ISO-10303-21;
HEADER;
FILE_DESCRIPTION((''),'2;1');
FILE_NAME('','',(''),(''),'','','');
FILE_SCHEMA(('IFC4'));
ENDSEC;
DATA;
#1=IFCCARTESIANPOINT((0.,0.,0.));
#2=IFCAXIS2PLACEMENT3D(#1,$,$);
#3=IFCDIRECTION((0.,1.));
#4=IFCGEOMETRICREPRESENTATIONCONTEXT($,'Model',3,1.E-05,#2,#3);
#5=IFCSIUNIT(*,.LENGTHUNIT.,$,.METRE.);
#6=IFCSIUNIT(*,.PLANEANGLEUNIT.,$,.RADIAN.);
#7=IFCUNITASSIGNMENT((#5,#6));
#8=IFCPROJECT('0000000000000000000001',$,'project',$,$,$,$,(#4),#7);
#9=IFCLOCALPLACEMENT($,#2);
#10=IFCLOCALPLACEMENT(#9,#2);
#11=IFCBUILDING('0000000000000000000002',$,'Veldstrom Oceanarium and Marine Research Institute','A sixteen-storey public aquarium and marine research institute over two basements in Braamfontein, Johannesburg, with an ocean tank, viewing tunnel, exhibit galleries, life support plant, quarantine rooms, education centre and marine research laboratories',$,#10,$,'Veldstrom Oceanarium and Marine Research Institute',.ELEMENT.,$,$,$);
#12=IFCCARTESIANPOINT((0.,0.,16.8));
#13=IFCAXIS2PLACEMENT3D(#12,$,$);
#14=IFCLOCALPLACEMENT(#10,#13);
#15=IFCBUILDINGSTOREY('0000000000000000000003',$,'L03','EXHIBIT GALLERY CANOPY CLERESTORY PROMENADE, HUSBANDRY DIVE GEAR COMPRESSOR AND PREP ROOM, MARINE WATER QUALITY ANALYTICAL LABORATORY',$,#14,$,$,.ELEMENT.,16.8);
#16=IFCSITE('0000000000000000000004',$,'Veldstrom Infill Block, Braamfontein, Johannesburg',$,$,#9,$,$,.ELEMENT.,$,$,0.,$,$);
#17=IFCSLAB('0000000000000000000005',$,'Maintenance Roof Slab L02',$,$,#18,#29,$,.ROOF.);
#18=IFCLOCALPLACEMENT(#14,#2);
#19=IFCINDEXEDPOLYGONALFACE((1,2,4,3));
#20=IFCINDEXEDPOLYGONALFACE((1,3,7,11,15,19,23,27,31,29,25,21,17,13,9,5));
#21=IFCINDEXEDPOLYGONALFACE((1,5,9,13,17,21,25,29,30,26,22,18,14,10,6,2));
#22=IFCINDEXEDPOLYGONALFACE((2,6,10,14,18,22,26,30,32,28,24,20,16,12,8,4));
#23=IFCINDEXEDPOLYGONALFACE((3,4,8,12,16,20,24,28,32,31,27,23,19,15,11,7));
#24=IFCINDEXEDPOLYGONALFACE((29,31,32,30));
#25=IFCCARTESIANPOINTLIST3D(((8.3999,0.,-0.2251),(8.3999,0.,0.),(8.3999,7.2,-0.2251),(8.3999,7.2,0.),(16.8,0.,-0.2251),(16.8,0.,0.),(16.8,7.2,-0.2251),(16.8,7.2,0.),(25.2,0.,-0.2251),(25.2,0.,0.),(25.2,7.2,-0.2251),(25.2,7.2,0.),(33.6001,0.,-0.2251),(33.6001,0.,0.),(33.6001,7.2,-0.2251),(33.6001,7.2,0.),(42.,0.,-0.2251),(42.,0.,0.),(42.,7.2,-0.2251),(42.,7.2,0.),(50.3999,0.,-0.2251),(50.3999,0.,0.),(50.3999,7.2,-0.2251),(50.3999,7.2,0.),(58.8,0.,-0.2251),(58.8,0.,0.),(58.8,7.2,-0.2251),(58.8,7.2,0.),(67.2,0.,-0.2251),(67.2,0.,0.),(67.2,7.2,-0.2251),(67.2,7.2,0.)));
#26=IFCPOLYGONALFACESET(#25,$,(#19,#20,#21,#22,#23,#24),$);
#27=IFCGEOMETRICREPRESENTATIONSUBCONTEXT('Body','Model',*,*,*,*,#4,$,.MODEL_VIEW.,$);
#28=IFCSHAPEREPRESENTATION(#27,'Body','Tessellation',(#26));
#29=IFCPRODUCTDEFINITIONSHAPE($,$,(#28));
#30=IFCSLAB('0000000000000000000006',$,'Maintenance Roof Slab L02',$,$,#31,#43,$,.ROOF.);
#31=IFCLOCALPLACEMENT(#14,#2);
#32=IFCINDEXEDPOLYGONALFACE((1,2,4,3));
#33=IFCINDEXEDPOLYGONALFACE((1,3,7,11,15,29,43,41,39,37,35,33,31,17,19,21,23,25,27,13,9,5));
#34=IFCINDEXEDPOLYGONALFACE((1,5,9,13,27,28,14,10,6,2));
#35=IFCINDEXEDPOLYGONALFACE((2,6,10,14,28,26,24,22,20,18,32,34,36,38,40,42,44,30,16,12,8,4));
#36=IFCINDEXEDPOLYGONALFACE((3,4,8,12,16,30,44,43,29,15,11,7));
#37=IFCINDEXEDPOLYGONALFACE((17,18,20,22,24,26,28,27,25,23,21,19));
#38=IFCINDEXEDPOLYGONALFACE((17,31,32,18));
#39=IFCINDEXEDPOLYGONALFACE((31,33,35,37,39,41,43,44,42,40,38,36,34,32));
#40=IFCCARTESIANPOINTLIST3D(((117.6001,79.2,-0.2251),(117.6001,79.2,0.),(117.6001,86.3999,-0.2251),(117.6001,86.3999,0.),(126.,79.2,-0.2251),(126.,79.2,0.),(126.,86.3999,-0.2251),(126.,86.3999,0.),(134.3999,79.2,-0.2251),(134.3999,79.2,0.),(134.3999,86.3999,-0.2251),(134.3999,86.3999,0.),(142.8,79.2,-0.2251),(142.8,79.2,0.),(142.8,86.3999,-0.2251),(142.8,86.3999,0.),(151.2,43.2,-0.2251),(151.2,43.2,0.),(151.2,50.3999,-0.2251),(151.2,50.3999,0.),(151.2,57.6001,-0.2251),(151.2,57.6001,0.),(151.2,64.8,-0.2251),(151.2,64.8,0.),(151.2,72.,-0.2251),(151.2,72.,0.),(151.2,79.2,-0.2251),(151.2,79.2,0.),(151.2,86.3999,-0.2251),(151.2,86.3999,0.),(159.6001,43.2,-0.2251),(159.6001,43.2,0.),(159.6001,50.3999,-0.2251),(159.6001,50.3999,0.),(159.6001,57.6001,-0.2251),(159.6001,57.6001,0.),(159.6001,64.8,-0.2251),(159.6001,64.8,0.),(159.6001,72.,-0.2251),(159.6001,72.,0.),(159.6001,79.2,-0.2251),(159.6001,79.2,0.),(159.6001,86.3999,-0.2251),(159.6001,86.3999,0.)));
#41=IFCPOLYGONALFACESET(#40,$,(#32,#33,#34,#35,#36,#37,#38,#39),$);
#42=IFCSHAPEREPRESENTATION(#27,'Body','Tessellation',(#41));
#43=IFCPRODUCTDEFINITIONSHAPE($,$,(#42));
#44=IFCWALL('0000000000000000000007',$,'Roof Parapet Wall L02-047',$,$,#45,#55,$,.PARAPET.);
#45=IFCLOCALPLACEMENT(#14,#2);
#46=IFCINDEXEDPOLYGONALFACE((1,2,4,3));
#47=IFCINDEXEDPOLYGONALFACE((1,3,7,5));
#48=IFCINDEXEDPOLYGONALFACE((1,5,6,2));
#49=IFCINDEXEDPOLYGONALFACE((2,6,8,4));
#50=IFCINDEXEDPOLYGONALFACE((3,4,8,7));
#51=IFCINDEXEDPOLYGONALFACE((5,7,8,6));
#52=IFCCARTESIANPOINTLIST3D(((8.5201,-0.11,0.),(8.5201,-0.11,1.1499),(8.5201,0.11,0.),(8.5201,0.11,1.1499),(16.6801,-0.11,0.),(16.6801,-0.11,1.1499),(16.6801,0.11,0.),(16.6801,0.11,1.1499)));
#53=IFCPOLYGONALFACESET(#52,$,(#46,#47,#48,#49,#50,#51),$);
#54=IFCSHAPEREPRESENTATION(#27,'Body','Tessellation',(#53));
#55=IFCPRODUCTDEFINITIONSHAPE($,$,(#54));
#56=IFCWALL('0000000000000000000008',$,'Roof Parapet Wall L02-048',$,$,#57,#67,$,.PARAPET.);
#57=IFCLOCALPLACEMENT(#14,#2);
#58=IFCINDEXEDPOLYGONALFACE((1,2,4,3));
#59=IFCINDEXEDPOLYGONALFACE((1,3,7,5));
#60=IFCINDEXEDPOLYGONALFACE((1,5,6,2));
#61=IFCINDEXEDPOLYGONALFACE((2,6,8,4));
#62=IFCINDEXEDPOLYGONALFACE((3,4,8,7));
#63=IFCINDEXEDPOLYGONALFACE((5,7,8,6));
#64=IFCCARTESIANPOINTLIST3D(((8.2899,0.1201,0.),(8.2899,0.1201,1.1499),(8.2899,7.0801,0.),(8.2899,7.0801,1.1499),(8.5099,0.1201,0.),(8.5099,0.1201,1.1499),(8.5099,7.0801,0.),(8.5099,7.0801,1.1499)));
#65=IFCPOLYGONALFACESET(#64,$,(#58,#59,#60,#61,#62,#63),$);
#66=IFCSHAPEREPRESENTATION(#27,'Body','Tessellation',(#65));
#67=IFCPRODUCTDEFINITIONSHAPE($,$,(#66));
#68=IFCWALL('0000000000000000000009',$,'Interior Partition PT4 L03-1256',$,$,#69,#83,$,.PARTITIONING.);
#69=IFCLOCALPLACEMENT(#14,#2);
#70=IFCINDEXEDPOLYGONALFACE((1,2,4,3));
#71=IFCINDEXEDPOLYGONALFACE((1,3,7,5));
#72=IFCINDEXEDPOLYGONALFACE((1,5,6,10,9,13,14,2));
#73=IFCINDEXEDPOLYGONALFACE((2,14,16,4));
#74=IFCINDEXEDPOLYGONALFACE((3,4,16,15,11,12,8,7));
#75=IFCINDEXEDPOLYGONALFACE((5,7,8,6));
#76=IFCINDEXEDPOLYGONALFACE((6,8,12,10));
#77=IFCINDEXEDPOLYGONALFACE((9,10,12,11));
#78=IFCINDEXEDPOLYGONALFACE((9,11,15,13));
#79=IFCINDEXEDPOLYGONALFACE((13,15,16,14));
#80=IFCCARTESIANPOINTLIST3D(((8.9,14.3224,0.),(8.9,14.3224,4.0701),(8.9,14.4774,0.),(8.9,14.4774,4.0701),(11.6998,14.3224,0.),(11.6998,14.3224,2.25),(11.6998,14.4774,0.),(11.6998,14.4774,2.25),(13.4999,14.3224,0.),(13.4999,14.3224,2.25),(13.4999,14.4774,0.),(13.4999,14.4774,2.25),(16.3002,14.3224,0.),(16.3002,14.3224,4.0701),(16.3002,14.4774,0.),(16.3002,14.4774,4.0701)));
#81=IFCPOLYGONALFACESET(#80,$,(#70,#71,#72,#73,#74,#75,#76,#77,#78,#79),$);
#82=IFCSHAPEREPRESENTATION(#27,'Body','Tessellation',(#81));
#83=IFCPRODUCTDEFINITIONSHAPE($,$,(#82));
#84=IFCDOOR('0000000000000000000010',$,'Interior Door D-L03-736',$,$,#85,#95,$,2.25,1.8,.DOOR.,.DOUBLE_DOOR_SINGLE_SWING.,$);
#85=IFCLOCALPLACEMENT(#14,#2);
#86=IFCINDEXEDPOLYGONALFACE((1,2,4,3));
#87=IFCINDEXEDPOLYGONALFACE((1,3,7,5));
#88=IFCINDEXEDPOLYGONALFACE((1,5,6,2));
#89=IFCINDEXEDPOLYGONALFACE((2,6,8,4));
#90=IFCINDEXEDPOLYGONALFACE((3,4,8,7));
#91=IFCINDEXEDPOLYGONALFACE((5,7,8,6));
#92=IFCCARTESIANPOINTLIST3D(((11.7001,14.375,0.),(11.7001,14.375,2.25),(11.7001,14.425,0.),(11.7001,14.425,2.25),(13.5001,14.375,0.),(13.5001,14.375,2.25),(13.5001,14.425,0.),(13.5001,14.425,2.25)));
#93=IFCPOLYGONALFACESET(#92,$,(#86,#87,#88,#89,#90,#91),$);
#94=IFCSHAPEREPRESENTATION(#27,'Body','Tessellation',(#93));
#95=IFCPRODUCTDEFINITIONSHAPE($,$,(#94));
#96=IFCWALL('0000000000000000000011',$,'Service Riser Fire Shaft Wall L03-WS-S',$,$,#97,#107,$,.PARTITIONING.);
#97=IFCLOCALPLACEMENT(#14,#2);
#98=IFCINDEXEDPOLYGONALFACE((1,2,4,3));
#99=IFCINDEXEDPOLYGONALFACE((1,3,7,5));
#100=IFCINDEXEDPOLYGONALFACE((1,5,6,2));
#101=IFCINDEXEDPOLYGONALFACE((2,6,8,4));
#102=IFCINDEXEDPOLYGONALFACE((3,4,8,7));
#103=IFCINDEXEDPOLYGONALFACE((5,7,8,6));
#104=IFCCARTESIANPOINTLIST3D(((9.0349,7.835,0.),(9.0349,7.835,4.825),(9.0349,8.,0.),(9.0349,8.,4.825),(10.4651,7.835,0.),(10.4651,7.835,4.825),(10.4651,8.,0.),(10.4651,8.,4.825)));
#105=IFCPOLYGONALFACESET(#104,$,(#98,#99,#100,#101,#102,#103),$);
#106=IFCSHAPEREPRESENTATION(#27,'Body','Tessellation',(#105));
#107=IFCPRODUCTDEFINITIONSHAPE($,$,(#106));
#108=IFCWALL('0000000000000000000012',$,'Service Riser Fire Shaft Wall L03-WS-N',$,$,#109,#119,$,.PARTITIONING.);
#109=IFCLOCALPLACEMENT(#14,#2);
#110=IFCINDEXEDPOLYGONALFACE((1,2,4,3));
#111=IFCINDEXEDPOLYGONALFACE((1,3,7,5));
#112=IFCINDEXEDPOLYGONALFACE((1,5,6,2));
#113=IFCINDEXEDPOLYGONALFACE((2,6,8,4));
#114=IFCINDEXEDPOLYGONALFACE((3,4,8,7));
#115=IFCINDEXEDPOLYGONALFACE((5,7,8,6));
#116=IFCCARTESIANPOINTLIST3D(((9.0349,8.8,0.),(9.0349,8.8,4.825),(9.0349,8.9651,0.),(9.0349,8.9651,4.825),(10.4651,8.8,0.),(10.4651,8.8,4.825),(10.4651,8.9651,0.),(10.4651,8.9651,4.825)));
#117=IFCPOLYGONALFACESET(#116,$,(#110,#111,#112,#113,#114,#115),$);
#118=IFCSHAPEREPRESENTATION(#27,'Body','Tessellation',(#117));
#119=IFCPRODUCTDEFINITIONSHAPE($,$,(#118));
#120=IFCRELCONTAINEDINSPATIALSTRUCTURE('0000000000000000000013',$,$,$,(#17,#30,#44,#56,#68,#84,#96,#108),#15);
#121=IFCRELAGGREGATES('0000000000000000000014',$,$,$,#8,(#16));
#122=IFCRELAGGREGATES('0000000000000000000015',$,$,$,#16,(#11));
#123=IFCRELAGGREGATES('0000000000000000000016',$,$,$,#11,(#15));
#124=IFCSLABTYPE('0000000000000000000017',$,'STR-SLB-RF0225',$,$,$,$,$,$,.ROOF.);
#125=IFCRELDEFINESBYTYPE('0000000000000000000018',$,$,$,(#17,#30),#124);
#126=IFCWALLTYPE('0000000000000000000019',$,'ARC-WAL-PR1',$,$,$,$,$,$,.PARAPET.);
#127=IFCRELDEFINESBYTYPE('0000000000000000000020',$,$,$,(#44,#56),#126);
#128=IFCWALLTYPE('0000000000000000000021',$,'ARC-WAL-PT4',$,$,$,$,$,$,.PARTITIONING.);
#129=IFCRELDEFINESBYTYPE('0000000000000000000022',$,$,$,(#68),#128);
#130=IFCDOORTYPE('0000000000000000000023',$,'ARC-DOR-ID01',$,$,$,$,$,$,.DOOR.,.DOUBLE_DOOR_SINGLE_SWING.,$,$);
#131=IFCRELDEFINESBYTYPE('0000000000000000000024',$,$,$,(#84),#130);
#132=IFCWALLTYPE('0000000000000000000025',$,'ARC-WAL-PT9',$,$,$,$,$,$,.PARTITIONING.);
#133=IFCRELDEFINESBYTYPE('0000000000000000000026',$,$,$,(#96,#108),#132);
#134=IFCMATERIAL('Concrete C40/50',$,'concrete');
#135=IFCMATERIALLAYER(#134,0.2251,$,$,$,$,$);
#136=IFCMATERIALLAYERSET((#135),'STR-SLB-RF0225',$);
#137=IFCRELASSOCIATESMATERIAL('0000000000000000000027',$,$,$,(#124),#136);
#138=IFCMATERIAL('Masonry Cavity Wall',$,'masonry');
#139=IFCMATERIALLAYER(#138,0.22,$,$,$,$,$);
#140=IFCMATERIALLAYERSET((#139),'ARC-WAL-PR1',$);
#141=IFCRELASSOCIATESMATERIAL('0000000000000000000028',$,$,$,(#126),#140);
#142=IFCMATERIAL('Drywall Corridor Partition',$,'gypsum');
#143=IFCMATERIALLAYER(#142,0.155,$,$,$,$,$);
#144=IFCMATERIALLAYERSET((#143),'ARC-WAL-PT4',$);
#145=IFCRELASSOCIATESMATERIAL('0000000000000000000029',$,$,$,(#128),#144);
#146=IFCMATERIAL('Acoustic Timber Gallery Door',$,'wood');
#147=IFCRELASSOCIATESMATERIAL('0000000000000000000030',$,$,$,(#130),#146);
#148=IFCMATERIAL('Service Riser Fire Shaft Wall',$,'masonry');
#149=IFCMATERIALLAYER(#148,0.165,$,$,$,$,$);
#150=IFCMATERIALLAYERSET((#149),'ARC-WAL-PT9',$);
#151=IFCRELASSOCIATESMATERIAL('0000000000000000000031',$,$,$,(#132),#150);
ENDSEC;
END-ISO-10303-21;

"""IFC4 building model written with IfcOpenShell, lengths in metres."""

from ifc_helpers import new_model, si_unit, direction, frame, frame_2d, origin, place, context, subcontext, project, spatial, polyline, rectangle, outline, extrude, material, layer, layer_set, type_object, element, fill, save


model = new_model("IFC4")

# Units and contexts
model_context = context("Model", 3, precision=1e-05, world=origin(), true_north=direction((0.0, 1.0)))
body_context = subcontext(model_context, "Body", "Model", "MODEL_VIEW")
ifc_project = project(units=[si_unit("LENGTHUNIT", "METRE"), si_unit("PLANEANGLEUNIT", "RADIAN")], contexts=[model_context])

# Site, building, storey
site_placement = place(None, origin())
site = spatial("IfcSite", under=ifc_project, at=site_placement, Name="Veldstrom Infill Block, Braamfontein, Johannesburg", CompositionType="ELEMENT", RefElevation=0.0)
building_placement = place(site_placement, origin())
building = spatial("IfcBuilding", under=site, at=building_placement, Name="Veldstrom Oceanarium and Marine Research Institute", Description="A sixteen-storey public aquarium and marine research institute over two basements in Braamfontein, Johannesburg, with an ocean tank, viewing tunnel, exhibit galleries, life support plant, quarantine rooms, education centre and marine research laboratories", LongName="Veldstrom Oceanarium and Marine Research Institute", CompositionType="ELEMENT")
storey_placement = place(building_placement, frame((0.0, 0.0, 16.8)))
storey = spatial("IfcBuildingStorey", under=building, at=storey_placement, Name="L03", Description="EXHIBIT GALLERY CANOPY CLERESTORY PROMENADE, HUSBANDRY DIVE GEAR COMPRESSOR AND PREP ROOM, MARINE WATER QUALITY ANALYTICAL LABORATORY", CompositionType="ELEMENT", Elevation=16.8)

# Slabs
ifc_material_1 = material(Name="Concrete C40/50", Category="concrete")
ifc_layer_1 = layer(ifc_material_1, 0.2251)
ifc_layer_set_1 = layer_set([ifc_layer_1], Name="STR-SLB-RF0225")
slab_type_1 = type_object("IfcSlabType", Name="STR-SLB-RF0225", PredefinedType="ROOF", material=ifc_layer_set_1)
slab_1_placement = place(storey_placement, frame((0.0, 0.0, -0.2251)))
element("IfcSlab", 1, at=slab_1_placement, inside=storey, type_object=slab_type_1, Name="Maintenance Roof Slab L02", PredefinedType="ROOF", context=body_context, shape_type="SweptSolid", body=[
    extrude(outline(polyline([(25.2, 7.2), (33.6001, 7.2), (42.0, 7.2), (50.3999, 7.2), (58.8, 7.2), (67.2, 7.2), (67.2, 0.0), (58.8, 0.0), (50.3999, 0.0), (42.0, 0.0), (33.6001, 0.0), (25.2, 0.0), (16.8, 0.0), (8.3999, 0.0), (8.3999, 7.2), (16.8, 7.2), (25.2, 7.2)])), origin(), (0.0, 0.0, 1.0), 0.2251),
])
slab_2_placement = place(storey_placement, frame((0.0, 0.0, -0.2251)))
element("IfcSlab", 2, at=slab_2_placement, inside=storey, type_object=slab_type_1, Name="Maintenance Roof Slab L02", PredefinedType="ROOF", context=body_context, shape_type="SweptSolid", body=[
    extrude(outline(polyline([(117.6001, 79.2), (117.6001, 86.3999), (126.0, 86.3999), (134.3999, 86.3999), (142.8, 86.3999), (151.2, 86.3999), (159.6001, 86.3999), (159.6001, 79.2), (159.6001, 72.0), (159.6001, 64.8), (159.6001, 57.6001), (159.6001, 50.3999), (159.6001, 43.2), (151.2, 43.2), (151.2, 50.3999), (151.2, 57.6001), (151.2, 64.8), (151.2, 72.0), (151.2, 79.2), (142.8, 79.2), (134.3999, 79.2), (126.0, 79.2), (117.6001, 79.2)])), origin(), (0.0, 0.0, 1.0), 0.2251),
])

# Walls
ifc_material_2 = material(Name="Masonry Cavity Wall", Category="masonry")
ifc_layer_2 = layer(ifc_material_2, 0.22)
ifc_layer_set_2 = layer_set([ifc_layer_2], Name="ARC-WAL-PR1")
wall_type_1 = type_object("IfcWallType", Name="ARC-WAL-PR1", PredefinedType="PARAPET", material=ifc_layer_set_2)
wall_1_placement = place(storey_placement, frame((8.52, 0.0, 0.0), z_axis=(0.0, 0.0, 1.0), x_axis=(1.0, 0.0, 0.0)))
element("IfcWall", 3, at=wall_1_placement, inside=storey, type_object=wall_type_1, Name="Roof Parapet Wall L02-047", PredefinedType="PARAPET", context=body_context, shape_type="SweptSolid", body=[
    extrude(rectangle(XDim=8.1599, YDim=0.22, at=frame_2d((4.0801, 0.0))), origin(), (0.0, 0.0, 1.0), 1.1499),
])
wall_2_placement = place(storey_placement, frame((8.3999, 0.1201, 0.0), z_axis=(0.0, 0.0, 1.0), x_axis=(0.0, 1.0, 0.0)))
element("IfcWall", 4, at=wall_2_placement, inside=storey, type_object=wall_type_1, Name="Roof Parapet Wall L02-048", PredefinedType="PARAPET", context=body_context, shape_type="SweptSolid", body=[
    extrude(rectangle(XDim=6.96, YDim=0.22, at=frame_2d((3.48, 0.0))), origin(), (0.0, 0.0, 1.0), 1.1499),
])

# Wall, opening, door
ifc_material_3 = material(Name="Drywall Corridor Partition", Category="gypsum")
ifc_layer_3 = layer(ifc_material_3, 0.155)
ifc_layer_set_3 = layer_set([ifc_layer_3], Name="ARC-WAL-PT4")
wall_type_2 = type_object("IfcWallType", Name="ARC-WAL-PT4", PredefinedType="PARTITIONING", material=ifc_layer_set_3)
wall_3_placement = place(storey_placement, frame((8.8999, 14.3999, 0.0), z_axis=(0.0, 0.0, 1.0), x_axis=(1.0, 0.0, 0.0)))
wall_3 = element("IfcWall", 5, at=wall_3_placement, inside=storey, type_object=wall_type_2, Name="Interior Partition PT4 L03-1256", PredefinedType="PARTITIONING", context=body_context, shape_type="SweptSolid", body=[
    extrude(rectangle(XDim=7.4001, YDim=0.155, at=frame_2d((3.7002, 0.0))), origin(), (0.0, 0.0, 1.0), 4.0701),
])
opening_placement = place(wall_3_placement, frame((2.8, 0.0, 0.0)))
opening = element("IfcOpeningElement", 6, at=opening_placement, cuts=wall_3, PredefinedType="OPENING", context=body_context, shape_type="SweptSolid", body=[
    extrude(rectangle(XDim=1.8, YDim=2.25, at=frame_2d((0.8999, 1.125))), frame((0.0, 0.0874, 0.0), z_axis=(0.0, -1.0, 0.0), x_axis=(1.0, 0.0, 0.0)), (0.0, 0.0, 1.0), 0.175),
])
ifc_material_4 = material(Name="Acoustic Timber Gallery Door", Category="wood")
door_type = type_object("IfcDoorType", Name="ARC-DOR-ID01", OperationType="DOUBLE_DOOR_SINGLE_SWING", PredefinedType="DOOR", material=ifc_material_4)
door_placement = place(opening_placement, frame((1.8, 0.0, 0.0), z_axis=(0.0, 0.0, 1.0), x_axis=(-1.0, 0.0, 0.0)))
door = element("IfcDoor", 7, at=door_placement, inside=storey, type_object=door_type, Name="Interior Door D-L03-736", OperationType="DOUBLE_DOOR_SINGLE_SWING", OverallHeight=2.25, OverallWidth=1.8, PredefinedType="DOOR", context=body_context, shape_type="SweptSolid", body=[
    extrude(rectangle(XDim=1.8, YDim=2.25, at=frame_2d((0.8999, 1.125))), frame((0.0, 0.0249, 0.0), z_axis=(0.0, -1.0, 0.0), x_axis=(1.0, 0.0, 0.0)), (0.0, 0.0, 1.0), 0.05),
])
fill(opening, door)

# Walls
ifc_material_5 = material(Name="Service Riser Fire Shaft Wall", Category="masonry")
ifc_layer_4 = layer(ifc_material_5, 0.165)
ifc_layer_set_4 = layer_set([ifc_layer_4], Name="ARC-WAL-PT9")
wall_type_3 = type_object("IfcWallType", Name="ARC-WAL-PT9", PredefinedType="PARTITIONING", material=ifc_layer_set_4)
for number, where, z_axis, x_axis, name in (
    (8, (9.0349, 7.9175, 0.0), (0.0, 0.0, 1.0), (1.0, 0.0, 0.0), "Service Riser Fire Shaft Wall L03-WS-S"),
    (9, (9.0349, 8.8826, 0.0), (0.0, 0.0, 1.0), (1.0, 0.0, 0.0), "Service Riser Fire Shaft Wall L03-WS-N"),
):
    element("IfcWall", number, at=place(storey_placement, frame(where, z_axis=z_axis, x_axis=x_axis)), inside=storey, type_object=wall_type_3, Name=name, PredefinedType="PARTITIONING", context=body_context, shape_type="SweptSolid", body=[
        extrude(rectangle(XDim=1.4302, YDim=0.165, at=frame_2d((0.7151, 0.0))), origin(), (0.0, 0.0, 1.0), 4.825),
    ])

save(model, "model.ifc")
